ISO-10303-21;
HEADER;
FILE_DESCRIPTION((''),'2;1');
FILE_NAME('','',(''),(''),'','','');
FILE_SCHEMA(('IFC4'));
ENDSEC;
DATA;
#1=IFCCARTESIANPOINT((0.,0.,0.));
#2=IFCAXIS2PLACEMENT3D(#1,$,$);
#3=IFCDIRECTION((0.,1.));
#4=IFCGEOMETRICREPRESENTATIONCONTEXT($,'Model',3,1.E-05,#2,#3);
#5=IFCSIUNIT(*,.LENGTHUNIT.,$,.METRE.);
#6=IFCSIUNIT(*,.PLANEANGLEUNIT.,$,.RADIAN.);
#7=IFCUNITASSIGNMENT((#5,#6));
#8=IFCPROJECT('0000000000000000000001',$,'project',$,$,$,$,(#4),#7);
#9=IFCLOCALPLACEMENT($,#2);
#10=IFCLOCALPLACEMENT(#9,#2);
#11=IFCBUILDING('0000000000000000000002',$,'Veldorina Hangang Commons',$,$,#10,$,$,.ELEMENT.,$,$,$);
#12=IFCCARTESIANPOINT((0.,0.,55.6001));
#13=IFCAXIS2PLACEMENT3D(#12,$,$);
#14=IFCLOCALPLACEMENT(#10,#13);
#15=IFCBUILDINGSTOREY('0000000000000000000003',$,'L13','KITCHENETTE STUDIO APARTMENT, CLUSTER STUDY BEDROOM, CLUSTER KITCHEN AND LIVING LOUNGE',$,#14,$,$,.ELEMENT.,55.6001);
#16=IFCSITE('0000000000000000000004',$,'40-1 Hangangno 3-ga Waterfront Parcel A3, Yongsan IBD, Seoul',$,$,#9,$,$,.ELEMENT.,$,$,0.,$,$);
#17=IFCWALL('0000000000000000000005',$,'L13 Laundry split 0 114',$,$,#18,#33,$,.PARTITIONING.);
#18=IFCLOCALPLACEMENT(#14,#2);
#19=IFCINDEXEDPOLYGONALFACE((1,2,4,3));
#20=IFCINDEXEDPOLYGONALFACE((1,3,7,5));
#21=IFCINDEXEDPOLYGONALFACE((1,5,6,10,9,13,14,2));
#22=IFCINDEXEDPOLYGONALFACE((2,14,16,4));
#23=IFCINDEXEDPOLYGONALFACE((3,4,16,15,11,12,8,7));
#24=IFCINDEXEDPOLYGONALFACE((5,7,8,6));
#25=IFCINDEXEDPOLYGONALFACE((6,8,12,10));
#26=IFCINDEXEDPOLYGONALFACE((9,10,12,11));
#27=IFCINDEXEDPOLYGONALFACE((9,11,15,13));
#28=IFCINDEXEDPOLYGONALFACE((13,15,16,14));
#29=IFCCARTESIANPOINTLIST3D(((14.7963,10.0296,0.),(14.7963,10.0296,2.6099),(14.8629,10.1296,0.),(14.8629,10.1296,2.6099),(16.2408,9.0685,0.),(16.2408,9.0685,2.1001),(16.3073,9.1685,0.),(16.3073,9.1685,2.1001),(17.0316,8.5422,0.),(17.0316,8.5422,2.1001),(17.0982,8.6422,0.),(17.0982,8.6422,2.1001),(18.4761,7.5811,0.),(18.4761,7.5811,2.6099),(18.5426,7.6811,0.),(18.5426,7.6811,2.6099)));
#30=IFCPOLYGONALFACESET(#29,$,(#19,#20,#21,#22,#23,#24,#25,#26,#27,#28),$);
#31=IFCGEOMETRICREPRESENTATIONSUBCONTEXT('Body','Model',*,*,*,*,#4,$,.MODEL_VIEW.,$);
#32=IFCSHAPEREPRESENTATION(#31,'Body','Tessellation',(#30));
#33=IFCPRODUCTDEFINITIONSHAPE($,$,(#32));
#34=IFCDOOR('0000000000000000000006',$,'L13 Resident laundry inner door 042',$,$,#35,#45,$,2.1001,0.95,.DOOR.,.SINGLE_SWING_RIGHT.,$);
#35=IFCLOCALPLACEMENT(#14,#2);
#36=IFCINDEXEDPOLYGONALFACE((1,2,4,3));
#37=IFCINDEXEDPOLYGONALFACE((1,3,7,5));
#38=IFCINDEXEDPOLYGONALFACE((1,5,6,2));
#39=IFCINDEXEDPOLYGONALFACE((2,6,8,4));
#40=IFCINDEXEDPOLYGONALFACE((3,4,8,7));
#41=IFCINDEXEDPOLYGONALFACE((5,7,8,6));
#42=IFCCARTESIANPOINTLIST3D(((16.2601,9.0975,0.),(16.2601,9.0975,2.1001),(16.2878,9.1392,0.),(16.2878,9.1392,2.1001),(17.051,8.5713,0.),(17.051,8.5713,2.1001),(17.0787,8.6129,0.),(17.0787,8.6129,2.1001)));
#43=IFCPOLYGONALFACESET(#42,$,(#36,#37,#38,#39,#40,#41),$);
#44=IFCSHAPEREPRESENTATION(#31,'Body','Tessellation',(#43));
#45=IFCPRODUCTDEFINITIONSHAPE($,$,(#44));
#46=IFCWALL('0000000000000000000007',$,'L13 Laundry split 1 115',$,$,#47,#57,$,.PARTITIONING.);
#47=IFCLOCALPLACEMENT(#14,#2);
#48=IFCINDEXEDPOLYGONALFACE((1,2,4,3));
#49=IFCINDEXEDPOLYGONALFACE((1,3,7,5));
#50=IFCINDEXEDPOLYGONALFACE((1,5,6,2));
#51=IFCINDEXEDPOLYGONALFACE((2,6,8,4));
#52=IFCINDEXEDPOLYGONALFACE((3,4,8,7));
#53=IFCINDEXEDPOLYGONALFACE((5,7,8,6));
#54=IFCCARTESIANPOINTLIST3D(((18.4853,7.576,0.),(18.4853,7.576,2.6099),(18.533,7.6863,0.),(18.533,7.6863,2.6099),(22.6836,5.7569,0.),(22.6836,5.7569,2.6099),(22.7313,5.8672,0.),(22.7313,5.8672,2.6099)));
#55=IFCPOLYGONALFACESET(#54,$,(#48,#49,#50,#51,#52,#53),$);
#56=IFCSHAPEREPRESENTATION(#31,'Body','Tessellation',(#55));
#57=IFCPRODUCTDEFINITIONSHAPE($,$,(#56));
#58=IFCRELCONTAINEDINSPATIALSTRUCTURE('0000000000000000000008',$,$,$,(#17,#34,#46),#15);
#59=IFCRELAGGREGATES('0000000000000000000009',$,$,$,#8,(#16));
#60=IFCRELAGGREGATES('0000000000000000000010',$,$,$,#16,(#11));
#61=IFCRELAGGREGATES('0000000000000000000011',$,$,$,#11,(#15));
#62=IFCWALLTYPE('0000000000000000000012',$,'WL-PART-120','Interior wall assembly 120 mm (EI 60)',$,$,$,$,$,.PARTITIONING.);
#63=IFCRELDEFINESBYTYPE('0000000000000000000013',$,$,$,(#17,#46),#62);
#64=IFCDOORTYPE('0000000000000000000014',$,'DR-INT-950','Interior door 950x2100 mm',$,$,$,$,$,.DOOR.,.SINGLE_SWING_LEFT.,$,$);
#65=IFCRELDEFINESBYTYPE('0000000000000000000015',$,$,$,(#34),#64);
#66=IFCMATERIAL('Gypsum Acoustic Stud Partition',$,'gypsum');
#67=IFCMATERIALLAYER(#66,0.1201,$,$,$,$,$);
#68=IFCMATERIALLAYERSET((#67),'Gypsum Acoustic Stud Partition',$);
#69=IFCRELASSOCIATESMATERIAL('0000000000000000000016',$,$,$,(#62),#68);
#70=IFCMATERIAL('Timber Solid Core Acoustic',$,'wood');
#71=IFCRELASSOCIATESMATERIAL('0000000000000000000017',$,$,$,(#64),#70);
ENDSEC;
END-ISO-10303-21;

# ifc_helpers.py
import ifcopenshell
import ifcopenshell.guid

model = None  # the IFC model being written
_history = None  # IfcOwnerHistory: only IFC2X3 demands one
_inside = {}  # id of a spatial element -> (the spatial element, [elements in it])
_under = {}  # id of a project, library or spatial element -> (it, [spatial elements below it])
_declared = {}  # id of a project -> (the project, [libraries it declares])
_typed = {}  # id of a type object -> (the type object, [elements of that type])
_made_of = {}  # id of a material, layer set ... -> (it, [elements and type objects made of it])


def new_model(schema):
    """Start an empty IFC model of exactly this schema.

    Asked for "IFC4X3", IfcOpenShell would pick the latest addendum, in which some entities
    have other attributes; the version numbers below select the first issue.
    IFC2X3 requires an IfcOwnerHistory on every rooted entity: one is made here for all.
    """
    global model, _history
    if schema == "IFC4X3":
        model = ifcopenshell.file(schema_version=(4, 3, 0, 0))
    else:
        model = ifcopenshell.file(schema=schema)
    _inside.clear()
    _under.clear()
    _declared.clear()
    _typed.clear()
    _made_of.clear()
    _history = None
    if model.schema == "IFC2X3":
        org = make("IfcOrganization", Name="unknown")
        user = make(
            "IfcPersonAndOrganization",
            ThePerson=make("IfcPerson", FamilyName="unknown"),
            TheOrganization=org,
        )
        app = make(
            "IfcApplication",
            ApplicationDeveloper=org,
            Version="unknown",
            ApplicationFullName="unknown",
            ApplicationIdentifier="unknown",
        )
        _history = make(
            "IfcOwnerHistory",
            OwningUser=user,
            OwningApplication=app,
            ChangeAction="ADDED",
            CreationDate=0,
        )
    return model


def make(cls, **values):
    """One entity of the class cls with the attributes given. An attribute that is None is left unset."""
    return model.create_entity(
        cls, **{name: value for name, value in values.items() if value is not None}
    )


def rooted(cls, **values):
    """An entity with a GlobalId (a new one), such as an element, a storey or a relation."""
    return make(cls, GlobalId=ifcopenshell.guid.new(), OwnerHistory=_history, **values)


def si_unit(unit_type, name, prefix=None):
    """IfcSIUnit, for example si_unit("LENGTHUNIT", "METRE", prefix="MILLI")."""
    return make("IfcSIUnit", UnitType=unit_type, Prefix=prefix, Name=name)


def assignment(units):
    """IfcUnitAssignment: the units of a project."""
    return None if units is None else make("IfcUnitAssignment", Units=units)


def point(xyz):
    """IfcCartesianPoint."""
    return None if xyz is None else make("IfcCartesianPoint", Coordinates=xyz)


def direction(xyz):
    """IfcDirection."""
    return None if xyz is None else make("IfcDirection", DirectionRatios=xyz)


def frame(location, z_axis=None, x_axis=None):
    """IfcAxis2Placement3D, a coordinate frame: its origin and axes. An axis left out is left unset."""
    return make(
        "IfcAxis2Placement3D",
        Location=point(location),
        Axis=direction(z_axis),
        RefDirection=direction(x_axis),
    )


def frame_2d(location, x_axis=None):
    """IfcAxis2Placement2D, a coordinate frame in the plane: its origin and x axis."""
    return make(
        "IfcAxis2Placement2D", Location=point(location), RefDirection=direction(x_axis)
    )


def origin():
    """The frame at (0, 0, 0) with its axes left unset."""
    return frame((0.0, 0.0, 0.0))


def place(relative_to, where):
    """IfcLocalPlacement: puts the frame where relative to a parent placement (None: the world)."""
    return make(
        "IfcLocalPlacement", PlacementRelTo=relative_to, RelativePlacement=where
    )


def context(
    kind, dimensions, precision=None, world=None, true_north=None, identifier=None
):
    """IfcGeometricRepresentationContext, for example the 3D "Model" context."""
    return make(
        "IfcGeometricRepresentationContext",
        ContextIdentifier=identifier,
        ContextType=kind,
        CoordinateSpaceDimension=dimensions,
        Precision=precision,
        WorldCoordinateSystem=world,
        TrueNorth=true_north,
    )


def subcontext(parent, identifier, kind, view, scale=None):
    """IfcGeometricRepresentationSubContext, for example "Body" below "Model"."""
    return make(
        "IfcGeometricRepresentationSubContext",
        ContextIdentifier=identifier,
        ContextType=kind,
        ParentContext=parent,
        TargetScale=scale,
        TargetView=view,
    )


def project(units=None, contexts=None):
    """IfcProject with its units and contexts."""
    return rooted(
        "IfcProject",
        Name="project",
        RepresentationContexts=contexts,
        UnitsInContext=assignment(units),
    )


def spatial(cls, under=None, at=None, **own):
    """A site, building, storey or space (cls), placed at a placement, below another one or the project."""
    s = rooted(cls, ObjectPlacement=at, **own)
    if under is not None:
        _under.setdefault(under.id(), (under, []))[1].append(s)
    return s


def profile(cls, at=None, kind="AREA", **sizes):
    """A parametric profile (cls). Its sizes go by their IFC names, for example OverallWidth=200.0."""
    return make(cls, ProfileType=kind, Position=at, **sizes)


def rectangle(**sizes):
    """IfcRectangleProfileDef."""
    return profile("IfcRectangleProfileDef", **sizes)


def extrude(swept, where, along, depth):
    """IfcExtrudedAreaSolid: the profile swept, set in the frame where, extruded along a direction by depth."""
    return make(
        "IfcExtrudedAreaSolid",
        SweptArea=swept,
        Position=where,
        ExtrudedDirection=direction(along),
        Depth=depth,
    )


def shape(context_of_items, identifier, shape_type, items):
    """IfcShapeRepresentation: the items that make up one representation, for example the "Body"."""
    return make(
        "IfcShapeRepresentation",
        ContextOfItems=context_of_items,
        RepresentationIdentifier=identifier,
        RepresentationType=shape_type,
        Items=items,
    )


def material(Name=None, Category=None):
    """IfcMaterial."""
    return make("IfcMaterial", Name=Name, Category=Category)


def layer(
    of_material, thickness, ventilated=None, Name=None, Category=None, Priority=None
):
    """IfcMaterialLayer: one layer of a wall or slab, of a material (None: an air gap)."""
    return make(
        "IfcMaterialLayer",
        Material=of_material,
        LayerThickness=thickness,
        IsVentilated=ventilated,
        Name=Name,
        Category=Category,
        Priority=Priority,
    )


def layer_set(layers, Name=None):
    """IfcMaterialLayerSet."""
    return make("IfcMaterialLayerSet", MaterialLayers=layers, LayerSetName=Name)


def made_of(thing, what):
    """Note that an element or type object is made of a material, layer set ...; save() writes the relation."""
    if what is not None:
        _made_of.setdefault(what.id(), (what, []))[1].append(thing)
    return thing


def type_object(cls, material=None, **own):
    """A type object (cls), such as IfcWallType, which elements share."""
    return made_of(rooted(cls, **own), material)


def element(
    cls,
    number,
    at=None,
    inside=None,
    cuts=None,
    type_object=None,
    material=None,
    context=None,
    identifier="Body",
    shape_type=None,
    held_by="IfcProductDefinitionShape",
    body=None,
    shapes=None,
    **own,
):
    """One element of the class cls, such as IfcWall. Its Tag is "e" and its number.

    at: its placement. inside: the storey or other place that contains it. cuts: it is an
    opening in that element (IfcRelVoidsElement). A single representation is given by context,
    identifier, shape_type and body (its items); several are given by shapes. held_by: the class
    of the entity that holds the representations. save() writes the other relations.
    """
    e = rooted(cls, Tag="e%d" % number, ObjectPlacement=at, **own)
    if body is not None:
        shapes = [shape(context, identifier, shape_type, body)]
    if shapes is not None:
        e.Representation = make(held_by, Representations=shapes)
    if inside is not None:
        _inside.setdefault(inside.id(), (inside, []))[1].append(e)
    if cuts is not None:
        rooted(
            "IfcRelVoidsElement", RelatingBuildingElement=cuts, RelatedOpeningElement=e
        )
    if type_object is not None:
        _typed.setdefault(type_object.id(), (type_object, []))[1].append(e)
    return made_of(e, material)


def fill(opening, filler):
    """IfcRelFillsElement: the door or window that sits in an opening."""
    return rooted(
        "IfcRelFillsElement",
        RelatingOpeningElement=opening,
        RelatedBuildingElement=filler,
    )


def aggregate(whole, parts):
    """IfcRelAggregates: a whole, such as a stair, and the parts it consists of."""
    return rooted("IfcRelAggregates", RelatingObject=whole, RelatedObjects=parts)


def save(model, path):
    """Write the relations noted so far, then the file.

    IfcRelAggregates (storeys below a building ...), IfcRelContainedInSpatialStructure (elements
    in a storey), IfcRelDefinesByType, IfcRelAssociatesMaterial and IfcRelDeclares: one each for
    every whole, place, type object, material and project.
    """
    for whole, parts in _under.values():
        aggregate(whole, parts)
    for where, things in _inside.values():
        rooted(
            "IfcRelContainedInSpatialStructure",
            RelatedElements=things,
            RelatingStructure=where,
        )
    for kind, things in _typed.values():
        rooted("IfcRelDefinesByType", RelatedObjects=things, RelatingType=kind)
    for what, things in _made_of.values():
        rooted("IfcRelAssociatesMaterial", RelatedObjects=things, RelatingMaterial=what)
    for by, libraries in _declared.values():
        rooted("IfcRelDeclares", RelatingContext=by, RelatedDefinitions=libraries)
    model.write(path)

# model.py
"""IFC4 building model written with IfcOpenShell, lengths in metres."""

from ifc_helpers import new_model, si_unit, direction, frame, frame_2d, origin, place, context, subcontext, project, spatial, rectangle, extrude, material, layer, layer_set, type_object, element, fill, save


model = new_model("IFC4")

# Units and contexts
model_context = context("Model", 3, precision=1e-05, world=origin(), true_north=direction((0.0, 1.0)))
body_context = subcontext(model_context, "Body", "Model", "MODEL_VIEW")
ifc_project = project(units=[si_unit("LENGTHUNIT", "METRE"), si_unit("PLANEANGLEUNIT", "RADIAN")], contexts=[model_context])

# Site, building, storey
site_placement = place(None, origin())
site = spatial("IfcSite", under=ifc_project, at=site_placement, Name="40-1 Hangangno 3-ga Waterfront Parcel A3, Yongsan IBD, Seoul", CompositionType="ELEMENT", RefElevation=0.0)
building_placement = place(site_placement, origin())
building = spatial("IfcBuilding", under=site, at=building_placement, Name="Veldorina Hangang Commons", CompositionType="ELEMENT")
storey_placement = place(building_placement, frame((0.0, 0.0, 55.6001)))
storey = spatial("IfcBuildingStorey", under=building, at=storey_placement, Name="L13", Description="KITCHENETTE STUDIO APARTMENT, CLUSTER STUDY BEDROOM, CLUSTER KITCHEN AND LIVING LOUNGE", CompositionType="ELEMENT", Elevation=55.6001)

# Shared definitions
ifc_material_1 = material(Name="Timber Solid Core Acoustic", Category="wood")

# Wall, opening, door
ifc_material_2 = material(Name="Gypsum Acoustic Stud Partition", Category="gypsum")
ifc_layer_1 = layer(ifc_material_2, 0.1201)
ifc_layer_set_1 = layer_set([ifc_layer_1], Name="Gypsum Acoustic Stud Partition")
wall_type_1 = type_object("IfcWallType", Name="WL-PART-120", Description="Interior wall assembly 120 mm (EI 60)", PredefinedType="PARTITIONING", material=ifc_layer_set_1)
wall_1_placement = place(storey_placement, frame((14.8296, 10.0796, 0.0), z_axis=(0.0, 0.0, 1.0), x_axis=(0.832534, -0.553973, 0.0)))
wall_1 = element("IfcWall", 1, at=wall_1_placement, inside=storey, type_object=wall_type_1, Name="L13 Laundry split 0 114", PredefinedType="PARTITIONING", context=body_context, shape_type="SweptSolid", body=[
    extrude(rectangle(XDim=4.4199, YDim=0.1201, at=frame_2d((2.21, 0.0))), origin(), (0.0, 0.0, 1.0), 2.6099),
])
opening_1_placement = place(wall_1_placement, frame((1.7349, 0.0, 0.0)))
opening_1 = element("IfcOpeningElement", 2, at=opening_1_placement, cuts=wall_1, PredefinedType="OPENING", context=body_context, shape_type="SweptSolid", body=[
    extrude(rectangle(XDim=0.95, YDim=2.1001, at=frame_2d((0.4751, 1.05))), frame((0.0, 0.0701, 0.0), z_axis=(0.0, -1.0, 0.0), x_axis=(1.0, 0.0, 0.0)), (0.0, 0.0, 1.0), 0.1401),
])
door_type_1 = type_object("IfcDoorType", Name="DR-INT-950", Description="Interior door 950x2100 mm", OperationType="SINGLE_SWING_LEFT", PredefinedType="DOOR", material=ifc_material_1)
door_1_placement = place(opening_1_placement, origin())
door_1 = element("IfcDoor", 3, at=door_1_placement, inside=storey, type_object=door_type_1, Name="L13 Resident laundry inner door 042", OperationType="SINGLE_SWING_RIGHT", OverallHeight=2.1001, OverallWidth=0.95, PredefinedType="DOOR", context=body_context, shape_type="SweptSolid", body=[
    extrude(rectangle(XDim=0.95, YDim=2.1001, at=frame_2d((0.4751, 1.05))), frame((0.0, 0.0249, 0.0), z_axis=(0.0, -1.0, 0.0), x_axis=(1.0, 0.0, 0.0)), (0.0, 0.0, 1.0), 0.05),
])
fill(opening_1, door_1)

# Wall
wall_2_placement = place(storey_placement, frame((18.5093, 7.6311, 0.0), z_axis=(0.0, 0.0, 1.0), x_axis=(0.917567, -0.39758, 0.0)))
element("IfcWall", 4, at=wall_2_placement, inside=storey, type_object=wall_type_1, Name="L13 Laundry split 1 115", PredefinedType="PARTITIONING", context=body_context, shape_type="SweptSolid", body=[
    extrude(rectangle(XDim=4.5754, YDim=0.1201, at=frame_2d((2.2876, 0.0))), origin(), (0.0, 0.0, 1.0), 2.6099),
])

save(model, "model.ifc")
